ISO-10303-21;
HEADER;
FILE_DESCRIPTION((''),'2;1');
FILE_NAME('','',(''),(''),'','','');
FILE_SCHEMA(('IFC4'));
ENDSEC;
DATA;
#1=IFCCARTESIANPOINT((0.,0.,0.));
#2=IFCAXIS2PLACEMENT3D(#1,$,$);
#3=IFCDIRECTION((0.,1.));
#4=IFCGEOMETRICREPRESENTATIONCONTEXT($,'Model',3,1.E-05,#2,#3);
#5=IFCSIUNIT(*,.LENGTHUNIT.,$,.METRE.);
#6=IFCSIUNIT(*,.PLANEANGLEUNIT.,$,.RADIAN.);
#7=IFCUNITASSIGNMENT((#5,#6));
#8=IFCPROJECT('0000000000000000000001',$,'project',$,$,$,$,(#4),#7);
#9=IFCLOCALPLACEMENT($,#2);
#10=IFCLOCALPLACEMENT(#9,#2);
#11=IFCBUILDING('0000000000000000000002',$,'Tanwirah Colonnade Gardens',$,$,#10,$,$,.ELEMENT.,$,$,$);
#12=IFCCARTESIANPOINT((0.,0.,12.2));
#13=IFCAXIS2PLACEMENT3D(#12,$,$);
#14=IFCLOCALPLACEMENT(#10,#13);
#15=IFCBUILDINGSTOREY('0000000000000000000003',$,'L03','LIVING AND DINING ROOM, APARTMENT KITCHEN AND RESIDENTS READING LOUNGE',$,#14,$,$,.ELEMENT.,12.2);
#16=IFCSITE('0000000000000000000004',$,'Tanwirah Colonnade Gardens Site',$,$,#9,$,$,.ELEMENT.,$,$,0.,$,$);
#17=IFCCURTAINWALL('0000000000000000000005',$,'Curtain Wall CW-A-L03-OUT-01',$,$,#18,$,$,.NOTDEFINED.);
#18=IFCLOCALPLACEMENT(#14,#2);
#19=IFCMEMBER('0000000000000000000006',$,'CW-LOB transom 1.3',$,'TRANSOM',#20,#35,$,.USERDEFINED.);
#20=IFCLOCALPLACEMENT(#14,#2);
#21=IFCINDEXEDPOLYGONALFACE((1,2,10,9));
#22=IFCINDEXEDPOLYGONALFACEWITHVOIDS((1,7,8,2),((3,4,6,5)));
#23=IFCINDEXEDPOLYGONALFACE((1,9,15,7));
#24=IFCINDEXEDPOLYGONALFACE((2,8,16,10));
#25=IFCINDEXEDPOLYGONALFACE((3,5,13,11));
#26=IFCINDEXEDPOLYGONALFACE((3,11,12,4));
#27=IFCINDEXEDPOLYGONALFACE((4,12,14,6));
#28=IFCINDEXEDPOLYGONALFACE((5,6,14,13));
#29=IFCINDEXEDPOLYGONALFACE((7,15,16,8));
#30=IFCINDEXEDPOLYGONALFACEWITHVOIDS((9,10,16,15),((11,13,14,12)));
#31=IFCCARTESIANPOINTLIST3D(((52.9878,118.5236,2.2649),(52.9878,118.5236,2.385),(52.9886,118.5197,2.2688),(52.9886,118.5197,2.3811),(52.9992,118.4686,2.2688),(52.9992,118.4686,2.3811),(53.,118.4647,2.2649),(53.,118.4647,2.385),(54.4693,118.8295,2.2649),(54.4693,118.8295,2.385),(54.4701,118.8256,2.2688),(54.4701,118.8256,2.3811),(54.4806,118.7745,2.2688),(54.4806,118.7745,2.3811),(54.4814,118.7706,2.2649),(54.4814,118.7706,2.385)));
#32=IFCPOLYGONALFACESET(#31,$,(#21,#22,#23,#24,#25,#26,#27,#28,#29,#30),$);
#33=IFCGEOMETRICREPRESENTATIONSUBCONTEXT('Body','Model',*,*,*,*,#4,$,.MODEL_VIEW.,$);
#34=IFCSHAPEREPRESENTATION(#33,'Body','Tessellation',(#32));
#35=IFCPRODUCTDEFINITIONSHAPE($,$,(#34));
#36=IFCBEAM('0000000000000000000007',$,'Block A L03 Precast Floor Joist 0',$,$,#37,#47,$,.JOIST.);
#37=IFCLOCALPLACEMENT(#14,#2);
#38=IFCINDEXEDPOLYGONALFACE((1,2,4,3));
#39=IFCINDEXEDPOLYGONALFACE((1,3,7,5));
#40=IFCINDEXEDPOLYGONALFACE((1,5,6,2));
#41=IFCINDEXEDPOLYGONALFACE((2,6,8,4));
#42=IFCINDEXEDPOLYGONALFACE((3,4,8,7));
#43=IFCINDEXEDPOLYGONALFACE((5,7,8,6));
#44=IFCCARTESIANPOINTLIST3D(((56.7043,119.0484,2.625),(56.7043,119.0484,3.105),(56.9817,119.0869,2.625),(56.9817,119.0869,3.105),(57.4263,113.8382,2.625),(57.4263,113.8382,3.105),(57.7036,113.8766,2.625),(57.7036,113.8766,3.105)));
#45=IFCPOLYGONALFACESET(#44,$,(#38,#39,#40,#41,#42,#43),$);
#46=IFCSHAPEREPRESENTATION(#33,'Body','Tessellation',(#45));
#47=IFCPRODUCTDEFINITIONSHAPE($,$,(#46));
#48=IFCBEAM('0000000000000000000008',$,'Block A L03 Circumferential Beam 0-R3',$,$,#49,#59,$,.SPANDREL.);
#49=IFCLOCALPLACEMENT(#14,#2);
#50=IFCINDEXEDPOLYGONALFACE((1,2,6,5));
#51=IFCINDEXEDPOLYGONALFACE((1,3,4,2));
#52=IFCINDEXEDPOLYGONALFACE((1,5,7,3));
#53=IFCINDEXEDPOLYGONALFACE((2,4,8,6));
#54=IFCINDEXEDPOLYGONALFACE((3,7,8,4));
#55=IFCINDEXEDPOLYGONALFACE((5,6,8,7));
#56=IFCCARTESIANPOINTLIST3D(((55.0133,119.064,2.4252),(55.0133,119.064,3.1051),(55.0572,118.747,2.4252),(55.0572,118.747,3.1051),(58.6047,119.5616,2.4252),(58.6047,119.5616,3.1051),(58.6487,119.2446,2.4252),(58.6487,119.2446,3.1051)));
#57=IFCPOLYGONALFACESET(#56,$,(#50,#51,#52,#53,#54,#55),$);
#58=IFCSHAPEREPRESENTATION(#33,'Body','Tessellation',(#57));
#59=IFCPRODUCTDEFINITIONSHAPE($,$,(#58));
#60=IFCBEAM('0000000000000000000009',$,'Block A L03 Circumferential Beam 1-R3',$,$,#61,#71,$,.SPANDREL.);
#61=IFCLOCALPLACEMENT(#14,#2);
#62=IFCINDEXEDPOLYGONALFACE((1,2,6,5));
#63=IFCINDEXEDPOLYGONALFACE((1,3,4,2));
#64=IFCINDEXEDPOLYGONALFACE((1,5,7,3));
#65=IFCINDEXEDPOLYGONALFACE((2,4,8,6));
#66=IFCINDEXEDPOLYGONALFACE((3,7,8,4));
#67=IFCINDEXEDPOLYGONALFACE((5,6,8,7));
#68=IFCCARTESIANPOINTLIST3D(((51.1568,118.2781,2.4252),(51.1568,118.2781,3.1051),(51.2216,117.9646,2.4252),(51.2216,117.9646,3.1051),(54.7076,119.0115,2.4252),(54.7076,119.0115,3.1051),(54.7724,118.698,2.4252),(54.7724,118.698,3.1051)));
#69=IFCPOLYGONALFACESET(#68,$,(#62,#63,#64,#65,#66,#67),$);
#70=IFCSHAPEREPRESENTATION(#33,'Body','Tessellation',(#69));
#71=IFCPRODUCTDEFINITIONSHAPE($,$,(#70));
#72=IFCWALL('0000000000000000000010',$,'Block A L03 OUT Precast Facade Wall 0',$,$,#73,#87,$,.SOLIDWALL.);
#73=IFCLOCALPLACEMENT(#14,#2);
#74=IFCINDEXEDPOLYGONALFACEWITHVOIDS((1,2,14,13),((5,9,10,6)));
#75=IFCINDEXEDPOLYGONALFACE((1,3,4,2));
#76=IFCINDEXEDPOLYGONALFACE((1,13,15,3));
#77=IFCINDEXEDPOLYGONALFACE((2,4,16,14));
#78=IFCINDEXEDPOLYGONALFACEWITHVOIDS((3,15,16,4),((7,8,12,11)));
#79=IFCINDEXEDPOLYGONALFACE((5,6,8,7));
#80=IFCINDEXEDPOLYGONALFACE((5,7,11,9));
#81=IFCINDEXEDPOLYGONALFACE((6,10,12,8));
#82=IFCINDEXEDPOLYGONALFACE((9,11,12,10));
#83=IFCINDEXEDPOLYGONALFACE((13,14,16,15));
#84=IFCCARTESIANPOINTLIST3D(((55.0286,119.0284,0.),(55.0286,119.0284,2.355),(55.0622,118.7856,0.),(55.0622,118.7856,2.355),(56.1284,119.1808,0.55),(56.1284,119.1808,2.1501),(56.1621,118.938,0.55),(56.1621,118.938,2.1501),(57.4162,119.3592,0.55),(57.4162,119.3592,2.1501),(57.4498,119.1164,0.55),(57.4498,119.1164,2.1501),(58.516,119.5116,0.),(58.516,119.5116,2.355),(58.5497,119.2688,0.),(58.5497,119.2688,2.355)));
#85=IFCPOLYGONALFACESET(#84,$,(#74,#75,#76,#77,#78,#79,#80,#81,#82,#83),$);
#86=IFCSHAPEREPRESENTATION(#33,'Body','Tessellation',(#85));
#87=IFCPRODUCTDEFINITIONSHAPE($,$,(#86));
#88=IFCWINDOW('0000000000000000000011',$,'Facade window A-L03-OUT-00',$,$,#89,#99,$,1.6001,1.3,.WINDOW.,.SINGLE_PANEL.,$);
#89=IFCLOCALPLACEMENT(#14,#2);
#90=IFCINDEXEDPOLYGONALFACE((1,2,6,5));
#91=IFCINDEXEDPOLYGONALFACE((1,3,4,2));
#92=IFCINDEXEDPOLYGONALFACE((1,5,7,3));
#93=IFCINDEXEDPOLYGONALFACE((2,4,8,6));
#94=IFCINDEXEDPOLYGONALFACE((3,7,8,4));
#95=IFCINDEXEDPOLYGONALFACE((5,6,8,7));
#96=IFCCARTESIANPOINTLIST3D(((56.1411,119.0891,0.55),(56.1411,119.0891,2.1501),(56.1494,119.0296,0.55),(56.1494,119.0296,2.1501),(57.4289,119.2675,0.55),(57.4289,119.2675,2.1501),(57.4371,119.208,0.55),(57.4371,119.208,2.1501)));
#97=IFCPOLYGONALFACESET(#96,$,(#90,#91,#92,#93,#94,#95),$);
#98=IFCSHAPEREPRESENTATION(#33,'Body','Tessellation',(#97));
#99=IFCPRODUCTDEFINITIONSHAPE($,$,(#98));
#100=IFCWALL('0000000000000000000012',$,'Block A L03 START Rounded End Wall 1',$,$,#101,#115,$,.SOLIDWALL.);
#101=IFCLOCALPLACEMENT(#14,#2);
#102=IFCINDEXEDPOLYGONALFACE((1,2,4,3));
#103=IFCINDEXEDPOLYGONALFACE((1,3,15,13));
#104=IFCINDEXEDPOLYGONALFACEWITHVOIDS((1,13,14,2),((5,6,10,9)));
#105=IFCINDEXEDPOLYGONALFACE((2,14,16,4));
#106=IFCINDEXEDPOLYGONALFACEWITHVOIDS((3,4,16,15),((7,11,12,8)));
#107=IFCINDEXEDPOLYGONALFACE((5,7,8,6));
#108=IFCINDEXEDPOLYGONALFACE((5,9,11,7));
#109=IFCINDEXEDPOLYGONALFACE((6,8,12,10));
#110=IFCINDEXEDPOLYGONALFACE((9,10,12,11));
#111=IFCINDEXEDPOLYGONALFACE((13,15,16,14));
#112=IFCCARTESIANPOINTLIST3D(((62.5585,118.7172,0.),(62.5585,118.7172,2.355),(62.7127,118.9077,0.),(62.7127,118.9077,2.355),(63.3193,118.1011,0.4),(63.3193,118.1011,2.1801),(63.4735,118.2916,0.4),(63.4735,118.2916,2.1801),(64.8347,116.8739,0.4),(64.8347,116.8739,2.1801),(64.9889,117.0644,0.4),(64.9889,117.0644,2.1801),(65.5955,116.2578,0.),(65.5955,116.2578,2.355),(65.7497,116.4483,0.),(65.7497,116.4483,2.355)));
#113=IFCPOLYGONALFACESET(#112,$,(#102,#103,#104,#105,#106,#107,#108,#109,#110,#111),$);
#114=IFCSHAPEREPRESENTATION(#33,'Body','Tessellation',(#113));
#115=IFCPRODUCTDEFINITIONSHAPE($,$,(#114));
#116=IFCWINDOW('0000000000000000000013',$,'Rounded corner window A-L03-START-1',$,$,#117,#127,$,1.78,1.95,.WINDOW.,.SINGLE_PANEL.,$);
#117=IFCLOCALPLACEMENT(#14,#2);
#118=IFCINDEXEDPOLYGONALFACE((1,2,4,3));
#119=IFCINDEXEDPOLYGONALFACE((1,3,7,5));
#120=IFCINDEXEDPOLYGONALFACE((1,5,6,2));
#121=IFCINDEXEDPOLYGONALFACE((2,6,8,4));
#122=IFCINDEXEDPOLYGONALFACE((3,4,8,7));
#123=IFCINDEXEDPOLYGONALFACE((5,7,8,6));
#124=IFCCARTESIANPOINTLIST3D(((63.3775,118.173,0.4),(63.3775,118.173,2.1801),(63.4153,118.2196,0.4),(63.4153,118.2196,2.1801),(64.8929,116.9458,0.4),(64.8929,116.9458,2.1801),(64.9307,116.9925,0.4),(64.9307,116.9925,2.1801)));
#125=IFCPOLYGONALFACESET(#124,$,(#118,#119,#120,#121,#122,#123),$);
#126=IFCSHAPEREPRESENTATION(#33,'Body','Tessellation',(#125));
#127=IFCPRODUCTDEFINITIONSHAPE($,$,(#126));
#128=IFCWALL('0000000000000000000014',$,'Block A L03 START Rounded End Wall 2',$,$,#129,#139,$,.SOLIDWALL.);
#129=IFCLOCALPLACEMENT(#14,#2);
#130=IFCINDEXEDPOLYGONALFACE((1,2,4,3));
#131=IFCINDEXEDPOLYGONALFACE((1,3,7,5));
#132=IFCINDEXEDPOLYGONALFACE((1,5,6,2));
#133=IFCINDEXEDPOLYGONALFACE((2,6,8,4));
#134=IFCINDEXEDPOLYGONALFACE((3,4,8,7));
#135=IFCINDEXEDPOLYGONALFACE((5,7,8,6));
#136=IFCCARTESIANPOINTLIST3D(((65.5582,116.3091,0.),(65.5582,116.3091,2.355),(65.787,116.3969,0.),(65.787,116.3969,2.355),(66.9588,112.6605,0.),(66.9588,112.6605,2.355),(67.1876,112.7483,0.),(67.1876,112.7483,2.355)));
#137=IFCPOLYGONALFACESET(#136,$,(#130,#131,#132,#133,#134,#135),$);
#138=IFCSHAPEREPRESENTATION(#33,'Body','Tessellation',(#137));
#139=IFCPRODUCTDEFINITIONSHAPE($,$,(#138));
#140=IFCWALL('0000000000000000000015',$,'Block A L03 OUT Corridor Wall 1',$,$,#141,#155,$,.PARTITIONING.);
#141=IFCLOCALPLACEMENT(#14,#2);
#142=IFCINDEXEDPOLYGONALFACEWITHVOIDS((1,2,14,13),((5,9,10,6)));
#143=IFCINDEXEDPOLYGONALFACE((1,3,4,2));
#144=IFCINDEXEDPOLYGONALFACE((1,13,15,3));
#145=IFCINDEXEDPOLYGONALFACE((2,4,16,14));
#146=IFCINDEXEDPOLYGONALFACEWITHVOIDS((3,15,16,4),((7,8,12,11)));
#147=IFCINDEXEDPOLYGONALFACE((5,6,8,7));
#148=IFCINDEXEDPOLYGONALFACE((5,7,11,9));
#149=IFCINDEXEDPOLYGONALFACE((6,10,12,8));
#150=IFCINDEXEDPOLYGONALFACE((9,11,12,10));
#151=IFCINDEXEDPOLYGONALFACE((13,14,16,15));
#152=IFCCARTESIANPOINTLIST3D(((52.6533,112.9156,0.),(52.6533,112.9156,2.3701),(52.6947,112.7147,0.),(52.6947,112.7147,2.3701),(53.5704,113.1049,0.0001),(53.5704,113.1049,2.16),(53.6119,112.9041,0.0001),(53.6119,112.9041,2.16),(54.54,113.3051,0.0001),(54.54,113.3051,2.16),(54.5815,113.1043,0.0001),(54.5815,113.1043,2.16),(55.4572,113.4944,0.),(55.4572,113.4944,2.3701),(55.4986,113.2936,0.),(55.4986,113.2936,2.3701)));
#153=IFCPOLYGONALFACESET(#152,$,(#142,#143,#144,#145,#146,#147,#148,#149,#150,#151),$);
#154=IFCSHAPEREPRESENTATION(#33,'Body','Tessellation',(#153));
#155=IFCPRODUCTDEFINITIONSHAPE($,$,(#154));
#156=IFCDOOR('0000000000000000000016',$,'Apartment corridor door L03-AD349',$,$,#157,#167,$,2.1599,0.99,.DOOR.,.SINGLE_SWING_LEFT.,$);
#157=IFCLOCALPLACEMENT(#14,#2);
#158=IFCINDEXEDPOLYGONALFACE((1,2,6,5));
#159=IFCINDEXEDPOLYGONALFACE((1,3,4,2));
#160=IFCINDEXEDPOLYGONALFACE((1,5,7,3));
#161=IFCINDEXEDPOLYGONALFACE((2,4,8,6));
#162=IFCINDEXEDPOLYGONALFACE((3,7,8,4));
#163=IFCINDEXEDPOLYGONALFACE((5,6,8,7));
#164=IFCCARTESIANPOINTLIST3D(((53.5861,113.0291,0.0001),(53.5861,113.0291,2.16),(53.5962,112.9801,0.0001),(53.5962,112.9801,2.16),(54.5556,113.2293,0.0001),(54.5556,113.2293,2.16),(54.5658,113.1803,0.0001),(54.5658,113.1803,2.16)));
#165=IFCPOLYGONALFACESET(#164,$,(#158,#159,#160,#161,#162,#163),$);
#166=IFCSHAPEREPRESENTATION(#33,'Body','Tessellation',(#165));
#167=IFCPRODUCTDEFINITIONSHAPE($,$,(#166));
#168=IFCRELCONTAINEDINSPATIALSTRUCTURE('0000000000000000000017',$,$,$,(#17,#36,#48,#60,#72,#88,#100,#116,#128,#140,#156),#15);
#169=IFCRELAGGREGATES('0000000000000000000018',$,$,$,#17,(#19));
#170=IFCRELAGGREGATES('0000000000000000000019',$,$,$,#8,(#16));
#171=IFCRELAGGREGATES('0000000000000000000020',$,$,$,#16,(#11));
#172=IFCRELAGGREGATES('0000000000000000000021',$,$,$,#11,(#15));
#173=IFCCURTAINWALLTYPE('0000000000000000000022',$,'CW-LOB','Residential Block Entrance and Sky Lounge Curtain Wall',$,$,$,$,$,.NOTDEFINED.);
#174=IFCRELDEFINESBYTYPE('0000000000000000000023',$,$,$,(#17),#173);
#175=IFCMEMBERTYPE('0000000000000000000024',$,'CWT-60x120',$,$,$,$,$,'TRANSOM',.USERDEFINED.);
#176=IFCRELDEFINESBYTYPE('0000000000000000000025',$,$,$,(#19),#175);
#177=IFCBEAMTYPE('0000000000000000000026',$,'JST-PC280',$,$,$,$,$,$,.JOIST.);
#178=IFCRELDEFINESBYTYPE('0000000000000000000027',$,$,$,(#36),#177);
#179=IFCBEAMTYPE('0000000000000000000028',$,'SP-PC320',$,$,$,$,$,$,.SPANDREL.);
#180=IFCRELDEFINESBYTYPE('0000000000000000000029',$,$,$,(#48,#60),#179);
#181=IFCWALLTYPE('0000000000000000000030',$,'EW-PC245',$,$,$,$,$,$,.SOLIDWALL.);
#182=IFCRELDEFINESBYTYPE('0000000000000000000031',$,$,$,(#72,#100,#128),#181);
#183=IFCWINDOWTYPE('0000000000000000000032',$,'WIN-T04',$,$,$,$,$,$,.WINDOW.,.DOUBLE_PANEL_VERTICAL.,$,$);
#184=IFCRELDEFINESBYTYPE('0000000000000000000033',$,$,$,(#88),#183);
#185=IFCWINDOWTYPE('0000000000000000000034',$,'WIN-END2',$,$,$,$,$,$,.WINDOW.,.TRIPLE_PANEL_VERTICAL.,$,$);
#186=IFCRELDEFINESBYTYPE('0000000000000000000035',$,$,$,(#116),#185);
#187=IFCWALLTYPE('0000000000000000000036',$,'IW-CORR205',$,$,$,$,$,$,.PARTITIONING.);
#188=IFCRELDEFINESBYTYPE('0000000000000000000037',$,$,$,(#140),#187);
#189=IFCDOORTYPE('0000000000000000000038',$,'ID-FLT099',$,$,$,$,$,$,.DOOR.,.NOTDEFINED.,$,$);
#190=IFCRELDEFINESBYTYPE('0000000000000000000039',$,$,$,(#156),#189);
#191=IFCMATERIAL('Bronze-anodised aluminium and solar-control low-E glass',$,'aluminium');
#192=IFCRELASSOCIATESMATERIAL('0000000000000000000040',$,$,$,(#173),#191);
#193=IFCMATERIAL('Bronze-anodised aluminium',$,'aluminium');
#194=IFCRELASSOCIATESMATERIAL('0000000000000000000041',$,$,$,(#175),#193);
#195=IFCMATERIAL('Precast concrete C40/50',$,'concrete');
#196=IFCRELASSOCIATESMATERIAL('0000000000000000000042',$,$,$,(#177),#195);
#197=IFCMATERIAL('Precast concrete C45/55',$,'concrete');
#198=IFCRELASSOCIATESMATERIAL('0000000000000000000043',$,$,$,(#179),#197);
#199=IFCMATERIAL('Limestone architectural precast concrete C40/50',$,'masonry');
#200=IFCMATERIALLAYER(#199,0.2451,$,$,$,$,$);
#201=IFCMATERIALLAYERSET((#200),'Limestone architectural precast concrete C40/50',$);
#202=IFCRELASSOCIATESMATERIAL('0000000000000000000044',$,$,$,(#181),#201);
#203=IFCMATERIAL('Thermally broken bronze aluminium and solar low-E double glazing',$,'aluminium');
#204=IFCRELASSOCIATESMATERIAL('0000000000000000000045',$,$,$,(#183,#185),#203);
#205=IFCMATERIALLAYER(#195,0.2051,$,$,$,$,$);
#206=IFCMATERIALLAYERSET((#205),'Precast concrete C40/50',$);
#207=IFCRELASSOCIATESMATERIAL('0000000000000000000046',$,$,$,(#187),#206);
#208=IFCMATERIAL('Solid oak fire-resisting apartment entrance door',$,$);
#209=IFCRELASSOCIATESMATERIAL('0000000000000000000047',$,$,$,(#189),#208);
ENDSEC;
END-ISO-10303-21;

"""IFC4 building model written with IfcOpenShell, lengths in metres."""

from ifc_helpers import new_model, si_unit, direction, frame, frame_2d, origin, origin_2d, place, context, subcontext, project, spatial, rectangle, hollow_rectangle, extrude, material, layer, layer_set, material_profile, profile_set, type_object, element, fill, aggregate, save


model = new_model("IFC4")

# Units and contexts
model_context = context("Model", 3, precision=1e-05, world=origin(), true_north=direction((0.0, 1.0)))
body_context = subcontext(model_context, "Body", "Model", "MODEL_VIEW")
ifc_project = project(units=[si_unit("LENGTHUNIT", "METRE"), si_unit("PLANEANGLEUNIT", "RADIAN")], contexts=[model_context])

# Site, building, storey
site_placement = place(None, origin())
site = spatial("IfcSite", under=ifc_project, at=site_placement, Name="Tanwirah Colonnade Gardens Site", CompositionType="ELEMENT", RefElevation=0.0)
building_placement = place(site_placement, origin())
building = spatial("IfcBuilding", under=site, at=building_placement, Name="Tanwirah Colonnade Gardens", CompositionType="ELEMENT")
storey_placement = place(building_placement, frame((0.0, 0.0, 12.2)))
storey = spatial("IfcBuildingStorey", under=building, at=storey_placement, Name="L03", Description="LIVING AND DINING ROOM, APARTMENT KITCHEN AND RESIDENTS READING LOUNGE", CompositionType="ELEMENT", Elevation=12.2)

# Shared definitions
ifc_material_1 = material(Name="Precast concrete C45/55", Category="concrete")
ifc_material_2 = material(Name="Precast concrete C40/50", Category="concrete")

# Curtain wall, member
ifc_material_3 = material(Name="Bronze-anodised aluminium and solar-control low-E glass", Category="aluminium")
curtain_wall_type = type_object("IfcCurtainWallType", Name="CW-LOB", Description="Residential Block Entrance and Sky Lounge Curtain Wall", PredefinedType="NOTDEFINED", material=ifc_material_3)
curtain_wall_placement = place(storey_placement, origin())
curtain_wall = element("IfcCurtainWall", 1, at=curtain_wall_placement, inside=storey, type_object=curtain_wall_type, Name="Curtain Wall CW-A-L03-OUT-01", PredefinedType="NOTDEFINED")
ifc_material_4 = material(Name="Bronze-anodised aluminium", Category="aluminium")
ifc_material_profile_1 = material_profile(ifc_material_4, hollow_rectangle(XDim=0.0601, YDim=0.1201, WallThickness=0.0039, at=origin_2d()), Name="CW-TRN 60x120x4")
ifc_profile_set_1 = profile_set([ifc_material_profile_1], Name="Bronze-anodised aluminium")
member_type_1 = type_object("IfcMemberType", Name="CWT-60x120", ElementType="TRANSOM", PredefinedType="USERDEFINED", material=ifc_profile_set_1)
member_1_placement = place(storey_placement, frame((54.4753, 118.8, 2.325), z_axis=(-0.979339, -0.202227, 0.0), x_axis=(0.202227, -0.979339, 0.0)))
member_1 = element("IfcMember", 2, at=member_1_placement, type_object=member_type_1, Name="CW-LOB transom 1.3", ObjectType="TRANSOM", PredefinedType="USERDEFINED", context=body_context, shape_type="SweptSolid", body=[
    extrude(hollow_rectangle(XDim=0.0601, YDim=0.1201, WallThickness=0.0039, at=origin_2d()), origin(), (0.0, 0.0, 1.0), 1.5127),
])
aggregate(curtain_wall, [member_1])

# Beams
ifc_material_profile_2 = material_profile(ifc_material_2, rectangle(XDim=0.28, YDim=0.48, at=origin_2d()), Name="PC-JST 280x480")
ifc_profile_set_2 = profile_set([ifc_material_profile_2], Name="Precast concrete C40/50")
beam_type_1 = type_object("IfcBeamType", Name="JST-PC280", PredefinedType="JOIST", material=ifc_profile_set_2)
beam_1_placement = place(storey_placement, frame((57.5649, 113.8574, 2.865), z_axis=(-0.137248, 0.990537, 0.0), x_axis=(-0.990537, -0.137248, 0.0)))
element("IfcBeam", 3, at=beam_1_placement, inside=storey, type_object=beam_type_1, Name="Block A L03 Precast Floor Joist 0", PredefinedType="JOIST", context=body_context, shape_type="SweptSolid", body=[
    extrude(rectangle(XDim=0.28, YDim=0.48, at=origin_2d()), origin(), (0.0, 0.0, 1.0), 5.26),
])
ifc_material_profile_3 = material_profile(ifc_material_1, rectangle(XDim=0.3201, YDim=0.6799, at=origin_2d()), Name="PC-SP 320x680")
ifc_profile_set_3 = profile_set([ifc_material_profile_3], Name="Precast concrete C45/55")
beam_type_2 = type_object("IfcBeamType", Name="SP-PC320", PredefinedType="SPANDREL", material=ifc_profile_set_3)
for number, where, z_axis, x_axis, name in (
    (4, (58.6267, 119.4031, 2.7651), (-0.990539, -0.137234, 0.0), (0.137234, -0.990539, 0.0), "Block A L03 Circumferential Beam 0-R3"),
    (5, (54.74, 118.8547, 2.7651), (-0.979329, -0.202276, 0.0), (0.202276, -0.979329, 0.0), "Block A L03 Circumferential Beam 1-R3"),
):
    element("IfcBeam", number, at=place(storey_placement, frame(where, z_axis=z_axis, x_axis=x_axis)), inside=storey, type_object=beam_type_2, Name=name, PredefinedType="SPANDREL", context=body_context, shape_type="SweptSolid", body=[
        extrude(rectangle(XDim=0.3201, YDim=0.6799, at=origin_2d()), origin(), (0.0, 0.0, 1.0), 3.6257),
    ])

# Walls, openings, windows
ifc_material_5 = material(Name="Limestone architectural precast concrete C40/50", Category="masonry")
ifc_layer_1 = layer(ifc_material_5, 0.2451)
ifc_layer_set_1 = layer_set([ifc_layer_1], Name="Limestone architectural precast concrete C40/50")
wall_type_1 = type_object("IfcWallType", Name="EW-PC245", PredefinedType="SOLIDWALL", material=ifc_layer_set_1)
wall_1_placement = place(storey_placement, frame((58.5327, 119.3901, 0.0), z_axis=(0.0, 0.0, 1.0), x_axis=(-0.99054, -0.137226, 0.0)))
wall_1 = element("IfcWall", 6, at=wall_1_placement, inside=storey, type_object=wall_type_1, Name="Block A L03 OUT Precast Facade Wall 0", PredefinedType="SOLIDWALL", context=body_context, shape_type="SweptSolid", body=[
    extrude(rectangle(XDim=3.5208, YDim=0.2451, at=frame_2d((1.7603, 0.0))), origin(), (0.0, 0.0, 1.0), 2.355),
])
opening_1_placement = place(wall_1_placement, frame((1.1104, 0.0, 0.55)))
opening_1 = element("IfcOpeningElement", 7, at=opening_1_placement, cuts=wall_1, PredefinedType="OPENING", context=body_context, shape_type="SweptSolid", body=[
    extrude(rectangle(XDim=1.3, YDim=1.6001, at=frame_2d((0.6499, 0.8))), frame((0.0, 0.1326, 0.0), z_axis=(0.0, -1.0, 0.0), x_axis=(1.0, 0.0, 0.0)), (0.0, 0.0, 1.0), 0.2651),
])
ifc_material_6 = material(Name="Thermally broken bronze aluminium and solar low-E double glazing", Category="aluminium")
window_type_1 = type_object("IfcWindowType", Name="WIN-T04", PartitioningType="DOUBLE_PANEL_VERTICAL", PredefinedType="WINDOW", material=ifc_material_6)
window_1_placement = place(opening_1_placement, origin())
window_1 = element("IfcWindow", 8, at=window_1_placement, inside=storey, type_object=window_type_1, Name="Facade window A-L03-OUT-00", OverallHeight=1.6001, OverallWidth=1.3, PartitioningType="SINGLE_PANEL", PredefinedType="WINDOW", context=body_context, shape_type="SweptSolid", body=[
    extrude(rectangle(XDim=1.3, YDim=1.6001, at=frame_2d((0.6499, 0.8))), frame((0.0, 0.03, 0.0), z_axis=(0.0, -1.0, 0.0), x_axis=(1.0, 0.0, 0.0)), (0.0, 0.0, 1.0), 0.0601),
])
fill(opening_1, window_1)
wall_2_placement = place(storey_placement, frame((62.6355, 118.8125, 0.0), z_axis=(0.0, 0.0, 1.0), x_axis=(0.777137, -0.629331, 0.0)))
wall_2 = element("IfcWall", 9, at=wall_2_placement, inside=storey, type_object=wall_type_1, Name="Block A L03 START Rounded End Wall 1", PredefinedType="SOLIDWALL", context=body_context, shape_type="SweptSolid", body=[
    extrude(rectangle(XDim=3.908, YDim=0.2451, at=frame_2d((1.9541, 0.0))), origin(), (0.0, 0.0, 1.0), 2.355),
])
opening_2_placement = place(wall_2_placement, frame((0.979, 0.0, 0.3999)))
opening_2 = element("IfcOpeningElement", 10, at=opening_2_placement, cuts=wall_2, PredefinedType="OPENING", context=body_context, shape_type="SweptSolid", body=[
    extrude(rectangle(XDim=1.95, YDim=1.78, at=frame_2d((0.9751, 0.8901))), frame((0.0, 0.1326, 0.0), z_axis=(0.0, -1.0, 0.0), x_axis=(1.0, 0.0, 0.0)), (0.0, 0.0, 1.0), 0.2651),
])
window_type_2 = type_object("IfcWindowType", Name="WIN-END2", PartitioningType="TRIPLE_PANEL_VERTICAL", PredefinedType="WINDOW", material=ifc_material_6)
window_2_placement = place(opening_2_placement, origin())
window_2 = element("IfcWindow", 11, at=window_2_placement, inside=storey, type_object=window_type_2, Name="Rounded corner window A-L03-START-1", OverallHeight=1.78, OverallWidth=1.95, PartitioningType="SINGLE_PANEL", PredefinedType="WINDOW", context=body_context, shape_type="SweptSolid", body=[
    extrude(rectangle(XDim=1.95, YDim=1.78, at=frame_2d((0.9751, 0.8901))), frame((0.0, 0.03, 0.0), z_axis=(0.0, -1.0, 0.0), x_axis=(1.0, 0.0, 0.0)), (0.0, 0.0, 1.0), 0.0601),
])
fill(opening_2, window_2)

# Wall
wall_3_placement = place(storey_placement, frame((65.6726, 116.353, 0.0), z_axis=(0.0, 0.0, 1.0), x_axis=(0.358376, -0.933577, 0.0)))
element("IfcWall", 12, at=wall_3_placement, inside=storey, type_object=wall_type_1, Name="Block A L03 START Rounded End Wall 2", PredefinedType="SOLIDWALL", context=body_context, shape_type="SweptSolid", body=[
    extrude(rectangle(XDim=3.9082, YDim=0.2451, at=frame_2d((1.9541, 0.0))), origin(), (0.0, 0.0, 1.0), 2.355),
])

# Wall, opening, door
ifc_layer_2 = layer(ifc_material_2, 0.2051)
ifc_layer_set_2 = layer_set([ifc_layer_2], Name="Precast concrete C40/50")
wall_type_2 = type_object("IfcWallType", Name="IW-CORR205", PredefinedType="PARTITIONING", material=ifc_layer_set_2)
ifc_material_7 = material(Name="Solid oak fire-resisting apartment entrance door")
wall_4_placement = place(storey_placement, frame((55.478, 113.394, 0.0), z_axis=(0.0, 0.0, 1.0), x_axis=(-0.979348, -0.20218, 0.0)))
wall_4 = element("IfcWall", 13, at=wall_4_placement, inside=storey, type_object=wall_type_2, Name="Block A L03 OUT Corridor Wall 1", PredefinedType="PARTITIONING", context=body_context, shape_type="SweptSolid", body=[
    extrude(rectangle(XDim=2.863, YDim=0.2051, at=frame_2d((1.4316, 0.0))), origin(), (0.0, 0.0, 1.0), 2.3701),
])
opening_3_placement = place(wall_4_placement, frame((0.9365, 0.0, 0.0)))
opening_3 = element("IfcOpeningElement", 14, at=opening_3_placement, cuts=wall_4, PredefinedType="OPENING", context=body_context, shape_type="SweptSolid", body=[
    extrude(rectangle(XDim=0.99, YDim=2.1599, at=frame_2d((0.4951, 1.0801))), frame((0.0, 0.1125, 0.0), z_axis=(0.0, -1.0, 0.0), x_axis=(1.0, 0.0, 0.0)), (0.0, 0.0, 1.0), 0.2251),
])
door_type_1 = type_object("IfcDoorType", Name="ID-FLT099", OperationType="NOTDEFINED", PredefinedType="DOOR", material=ifc_material_7)
door_1_placement = place(opening_3_placement, origin())
door_1 = element("IfcDoor", 15, at=door_1_placement, inside=storey, type_object=door_type_1, Name="Apartment corridor door L03-AD349", OperationType="SINGLE_SWING_LEFT", OverallHeight=2.1599, OverallWidth=0.99, PredefinedType="DOOR", context=body_context, shape_type="SweptSolid", body=[
    extrude(rectangle(XDim=0.99, YDim=2.1599, at=frame_2d((0.4951, 1.0801))), frame((0.0, 0.0249, 0.0), z_axis=(0.0, -1.0, 0.0), x_axis=(1.0, 0.0, 0.0)), (0.0, 0.0, 1.0), 0.05),
])
fill(opening_3, door_1)

save(model, "model.ifc")
